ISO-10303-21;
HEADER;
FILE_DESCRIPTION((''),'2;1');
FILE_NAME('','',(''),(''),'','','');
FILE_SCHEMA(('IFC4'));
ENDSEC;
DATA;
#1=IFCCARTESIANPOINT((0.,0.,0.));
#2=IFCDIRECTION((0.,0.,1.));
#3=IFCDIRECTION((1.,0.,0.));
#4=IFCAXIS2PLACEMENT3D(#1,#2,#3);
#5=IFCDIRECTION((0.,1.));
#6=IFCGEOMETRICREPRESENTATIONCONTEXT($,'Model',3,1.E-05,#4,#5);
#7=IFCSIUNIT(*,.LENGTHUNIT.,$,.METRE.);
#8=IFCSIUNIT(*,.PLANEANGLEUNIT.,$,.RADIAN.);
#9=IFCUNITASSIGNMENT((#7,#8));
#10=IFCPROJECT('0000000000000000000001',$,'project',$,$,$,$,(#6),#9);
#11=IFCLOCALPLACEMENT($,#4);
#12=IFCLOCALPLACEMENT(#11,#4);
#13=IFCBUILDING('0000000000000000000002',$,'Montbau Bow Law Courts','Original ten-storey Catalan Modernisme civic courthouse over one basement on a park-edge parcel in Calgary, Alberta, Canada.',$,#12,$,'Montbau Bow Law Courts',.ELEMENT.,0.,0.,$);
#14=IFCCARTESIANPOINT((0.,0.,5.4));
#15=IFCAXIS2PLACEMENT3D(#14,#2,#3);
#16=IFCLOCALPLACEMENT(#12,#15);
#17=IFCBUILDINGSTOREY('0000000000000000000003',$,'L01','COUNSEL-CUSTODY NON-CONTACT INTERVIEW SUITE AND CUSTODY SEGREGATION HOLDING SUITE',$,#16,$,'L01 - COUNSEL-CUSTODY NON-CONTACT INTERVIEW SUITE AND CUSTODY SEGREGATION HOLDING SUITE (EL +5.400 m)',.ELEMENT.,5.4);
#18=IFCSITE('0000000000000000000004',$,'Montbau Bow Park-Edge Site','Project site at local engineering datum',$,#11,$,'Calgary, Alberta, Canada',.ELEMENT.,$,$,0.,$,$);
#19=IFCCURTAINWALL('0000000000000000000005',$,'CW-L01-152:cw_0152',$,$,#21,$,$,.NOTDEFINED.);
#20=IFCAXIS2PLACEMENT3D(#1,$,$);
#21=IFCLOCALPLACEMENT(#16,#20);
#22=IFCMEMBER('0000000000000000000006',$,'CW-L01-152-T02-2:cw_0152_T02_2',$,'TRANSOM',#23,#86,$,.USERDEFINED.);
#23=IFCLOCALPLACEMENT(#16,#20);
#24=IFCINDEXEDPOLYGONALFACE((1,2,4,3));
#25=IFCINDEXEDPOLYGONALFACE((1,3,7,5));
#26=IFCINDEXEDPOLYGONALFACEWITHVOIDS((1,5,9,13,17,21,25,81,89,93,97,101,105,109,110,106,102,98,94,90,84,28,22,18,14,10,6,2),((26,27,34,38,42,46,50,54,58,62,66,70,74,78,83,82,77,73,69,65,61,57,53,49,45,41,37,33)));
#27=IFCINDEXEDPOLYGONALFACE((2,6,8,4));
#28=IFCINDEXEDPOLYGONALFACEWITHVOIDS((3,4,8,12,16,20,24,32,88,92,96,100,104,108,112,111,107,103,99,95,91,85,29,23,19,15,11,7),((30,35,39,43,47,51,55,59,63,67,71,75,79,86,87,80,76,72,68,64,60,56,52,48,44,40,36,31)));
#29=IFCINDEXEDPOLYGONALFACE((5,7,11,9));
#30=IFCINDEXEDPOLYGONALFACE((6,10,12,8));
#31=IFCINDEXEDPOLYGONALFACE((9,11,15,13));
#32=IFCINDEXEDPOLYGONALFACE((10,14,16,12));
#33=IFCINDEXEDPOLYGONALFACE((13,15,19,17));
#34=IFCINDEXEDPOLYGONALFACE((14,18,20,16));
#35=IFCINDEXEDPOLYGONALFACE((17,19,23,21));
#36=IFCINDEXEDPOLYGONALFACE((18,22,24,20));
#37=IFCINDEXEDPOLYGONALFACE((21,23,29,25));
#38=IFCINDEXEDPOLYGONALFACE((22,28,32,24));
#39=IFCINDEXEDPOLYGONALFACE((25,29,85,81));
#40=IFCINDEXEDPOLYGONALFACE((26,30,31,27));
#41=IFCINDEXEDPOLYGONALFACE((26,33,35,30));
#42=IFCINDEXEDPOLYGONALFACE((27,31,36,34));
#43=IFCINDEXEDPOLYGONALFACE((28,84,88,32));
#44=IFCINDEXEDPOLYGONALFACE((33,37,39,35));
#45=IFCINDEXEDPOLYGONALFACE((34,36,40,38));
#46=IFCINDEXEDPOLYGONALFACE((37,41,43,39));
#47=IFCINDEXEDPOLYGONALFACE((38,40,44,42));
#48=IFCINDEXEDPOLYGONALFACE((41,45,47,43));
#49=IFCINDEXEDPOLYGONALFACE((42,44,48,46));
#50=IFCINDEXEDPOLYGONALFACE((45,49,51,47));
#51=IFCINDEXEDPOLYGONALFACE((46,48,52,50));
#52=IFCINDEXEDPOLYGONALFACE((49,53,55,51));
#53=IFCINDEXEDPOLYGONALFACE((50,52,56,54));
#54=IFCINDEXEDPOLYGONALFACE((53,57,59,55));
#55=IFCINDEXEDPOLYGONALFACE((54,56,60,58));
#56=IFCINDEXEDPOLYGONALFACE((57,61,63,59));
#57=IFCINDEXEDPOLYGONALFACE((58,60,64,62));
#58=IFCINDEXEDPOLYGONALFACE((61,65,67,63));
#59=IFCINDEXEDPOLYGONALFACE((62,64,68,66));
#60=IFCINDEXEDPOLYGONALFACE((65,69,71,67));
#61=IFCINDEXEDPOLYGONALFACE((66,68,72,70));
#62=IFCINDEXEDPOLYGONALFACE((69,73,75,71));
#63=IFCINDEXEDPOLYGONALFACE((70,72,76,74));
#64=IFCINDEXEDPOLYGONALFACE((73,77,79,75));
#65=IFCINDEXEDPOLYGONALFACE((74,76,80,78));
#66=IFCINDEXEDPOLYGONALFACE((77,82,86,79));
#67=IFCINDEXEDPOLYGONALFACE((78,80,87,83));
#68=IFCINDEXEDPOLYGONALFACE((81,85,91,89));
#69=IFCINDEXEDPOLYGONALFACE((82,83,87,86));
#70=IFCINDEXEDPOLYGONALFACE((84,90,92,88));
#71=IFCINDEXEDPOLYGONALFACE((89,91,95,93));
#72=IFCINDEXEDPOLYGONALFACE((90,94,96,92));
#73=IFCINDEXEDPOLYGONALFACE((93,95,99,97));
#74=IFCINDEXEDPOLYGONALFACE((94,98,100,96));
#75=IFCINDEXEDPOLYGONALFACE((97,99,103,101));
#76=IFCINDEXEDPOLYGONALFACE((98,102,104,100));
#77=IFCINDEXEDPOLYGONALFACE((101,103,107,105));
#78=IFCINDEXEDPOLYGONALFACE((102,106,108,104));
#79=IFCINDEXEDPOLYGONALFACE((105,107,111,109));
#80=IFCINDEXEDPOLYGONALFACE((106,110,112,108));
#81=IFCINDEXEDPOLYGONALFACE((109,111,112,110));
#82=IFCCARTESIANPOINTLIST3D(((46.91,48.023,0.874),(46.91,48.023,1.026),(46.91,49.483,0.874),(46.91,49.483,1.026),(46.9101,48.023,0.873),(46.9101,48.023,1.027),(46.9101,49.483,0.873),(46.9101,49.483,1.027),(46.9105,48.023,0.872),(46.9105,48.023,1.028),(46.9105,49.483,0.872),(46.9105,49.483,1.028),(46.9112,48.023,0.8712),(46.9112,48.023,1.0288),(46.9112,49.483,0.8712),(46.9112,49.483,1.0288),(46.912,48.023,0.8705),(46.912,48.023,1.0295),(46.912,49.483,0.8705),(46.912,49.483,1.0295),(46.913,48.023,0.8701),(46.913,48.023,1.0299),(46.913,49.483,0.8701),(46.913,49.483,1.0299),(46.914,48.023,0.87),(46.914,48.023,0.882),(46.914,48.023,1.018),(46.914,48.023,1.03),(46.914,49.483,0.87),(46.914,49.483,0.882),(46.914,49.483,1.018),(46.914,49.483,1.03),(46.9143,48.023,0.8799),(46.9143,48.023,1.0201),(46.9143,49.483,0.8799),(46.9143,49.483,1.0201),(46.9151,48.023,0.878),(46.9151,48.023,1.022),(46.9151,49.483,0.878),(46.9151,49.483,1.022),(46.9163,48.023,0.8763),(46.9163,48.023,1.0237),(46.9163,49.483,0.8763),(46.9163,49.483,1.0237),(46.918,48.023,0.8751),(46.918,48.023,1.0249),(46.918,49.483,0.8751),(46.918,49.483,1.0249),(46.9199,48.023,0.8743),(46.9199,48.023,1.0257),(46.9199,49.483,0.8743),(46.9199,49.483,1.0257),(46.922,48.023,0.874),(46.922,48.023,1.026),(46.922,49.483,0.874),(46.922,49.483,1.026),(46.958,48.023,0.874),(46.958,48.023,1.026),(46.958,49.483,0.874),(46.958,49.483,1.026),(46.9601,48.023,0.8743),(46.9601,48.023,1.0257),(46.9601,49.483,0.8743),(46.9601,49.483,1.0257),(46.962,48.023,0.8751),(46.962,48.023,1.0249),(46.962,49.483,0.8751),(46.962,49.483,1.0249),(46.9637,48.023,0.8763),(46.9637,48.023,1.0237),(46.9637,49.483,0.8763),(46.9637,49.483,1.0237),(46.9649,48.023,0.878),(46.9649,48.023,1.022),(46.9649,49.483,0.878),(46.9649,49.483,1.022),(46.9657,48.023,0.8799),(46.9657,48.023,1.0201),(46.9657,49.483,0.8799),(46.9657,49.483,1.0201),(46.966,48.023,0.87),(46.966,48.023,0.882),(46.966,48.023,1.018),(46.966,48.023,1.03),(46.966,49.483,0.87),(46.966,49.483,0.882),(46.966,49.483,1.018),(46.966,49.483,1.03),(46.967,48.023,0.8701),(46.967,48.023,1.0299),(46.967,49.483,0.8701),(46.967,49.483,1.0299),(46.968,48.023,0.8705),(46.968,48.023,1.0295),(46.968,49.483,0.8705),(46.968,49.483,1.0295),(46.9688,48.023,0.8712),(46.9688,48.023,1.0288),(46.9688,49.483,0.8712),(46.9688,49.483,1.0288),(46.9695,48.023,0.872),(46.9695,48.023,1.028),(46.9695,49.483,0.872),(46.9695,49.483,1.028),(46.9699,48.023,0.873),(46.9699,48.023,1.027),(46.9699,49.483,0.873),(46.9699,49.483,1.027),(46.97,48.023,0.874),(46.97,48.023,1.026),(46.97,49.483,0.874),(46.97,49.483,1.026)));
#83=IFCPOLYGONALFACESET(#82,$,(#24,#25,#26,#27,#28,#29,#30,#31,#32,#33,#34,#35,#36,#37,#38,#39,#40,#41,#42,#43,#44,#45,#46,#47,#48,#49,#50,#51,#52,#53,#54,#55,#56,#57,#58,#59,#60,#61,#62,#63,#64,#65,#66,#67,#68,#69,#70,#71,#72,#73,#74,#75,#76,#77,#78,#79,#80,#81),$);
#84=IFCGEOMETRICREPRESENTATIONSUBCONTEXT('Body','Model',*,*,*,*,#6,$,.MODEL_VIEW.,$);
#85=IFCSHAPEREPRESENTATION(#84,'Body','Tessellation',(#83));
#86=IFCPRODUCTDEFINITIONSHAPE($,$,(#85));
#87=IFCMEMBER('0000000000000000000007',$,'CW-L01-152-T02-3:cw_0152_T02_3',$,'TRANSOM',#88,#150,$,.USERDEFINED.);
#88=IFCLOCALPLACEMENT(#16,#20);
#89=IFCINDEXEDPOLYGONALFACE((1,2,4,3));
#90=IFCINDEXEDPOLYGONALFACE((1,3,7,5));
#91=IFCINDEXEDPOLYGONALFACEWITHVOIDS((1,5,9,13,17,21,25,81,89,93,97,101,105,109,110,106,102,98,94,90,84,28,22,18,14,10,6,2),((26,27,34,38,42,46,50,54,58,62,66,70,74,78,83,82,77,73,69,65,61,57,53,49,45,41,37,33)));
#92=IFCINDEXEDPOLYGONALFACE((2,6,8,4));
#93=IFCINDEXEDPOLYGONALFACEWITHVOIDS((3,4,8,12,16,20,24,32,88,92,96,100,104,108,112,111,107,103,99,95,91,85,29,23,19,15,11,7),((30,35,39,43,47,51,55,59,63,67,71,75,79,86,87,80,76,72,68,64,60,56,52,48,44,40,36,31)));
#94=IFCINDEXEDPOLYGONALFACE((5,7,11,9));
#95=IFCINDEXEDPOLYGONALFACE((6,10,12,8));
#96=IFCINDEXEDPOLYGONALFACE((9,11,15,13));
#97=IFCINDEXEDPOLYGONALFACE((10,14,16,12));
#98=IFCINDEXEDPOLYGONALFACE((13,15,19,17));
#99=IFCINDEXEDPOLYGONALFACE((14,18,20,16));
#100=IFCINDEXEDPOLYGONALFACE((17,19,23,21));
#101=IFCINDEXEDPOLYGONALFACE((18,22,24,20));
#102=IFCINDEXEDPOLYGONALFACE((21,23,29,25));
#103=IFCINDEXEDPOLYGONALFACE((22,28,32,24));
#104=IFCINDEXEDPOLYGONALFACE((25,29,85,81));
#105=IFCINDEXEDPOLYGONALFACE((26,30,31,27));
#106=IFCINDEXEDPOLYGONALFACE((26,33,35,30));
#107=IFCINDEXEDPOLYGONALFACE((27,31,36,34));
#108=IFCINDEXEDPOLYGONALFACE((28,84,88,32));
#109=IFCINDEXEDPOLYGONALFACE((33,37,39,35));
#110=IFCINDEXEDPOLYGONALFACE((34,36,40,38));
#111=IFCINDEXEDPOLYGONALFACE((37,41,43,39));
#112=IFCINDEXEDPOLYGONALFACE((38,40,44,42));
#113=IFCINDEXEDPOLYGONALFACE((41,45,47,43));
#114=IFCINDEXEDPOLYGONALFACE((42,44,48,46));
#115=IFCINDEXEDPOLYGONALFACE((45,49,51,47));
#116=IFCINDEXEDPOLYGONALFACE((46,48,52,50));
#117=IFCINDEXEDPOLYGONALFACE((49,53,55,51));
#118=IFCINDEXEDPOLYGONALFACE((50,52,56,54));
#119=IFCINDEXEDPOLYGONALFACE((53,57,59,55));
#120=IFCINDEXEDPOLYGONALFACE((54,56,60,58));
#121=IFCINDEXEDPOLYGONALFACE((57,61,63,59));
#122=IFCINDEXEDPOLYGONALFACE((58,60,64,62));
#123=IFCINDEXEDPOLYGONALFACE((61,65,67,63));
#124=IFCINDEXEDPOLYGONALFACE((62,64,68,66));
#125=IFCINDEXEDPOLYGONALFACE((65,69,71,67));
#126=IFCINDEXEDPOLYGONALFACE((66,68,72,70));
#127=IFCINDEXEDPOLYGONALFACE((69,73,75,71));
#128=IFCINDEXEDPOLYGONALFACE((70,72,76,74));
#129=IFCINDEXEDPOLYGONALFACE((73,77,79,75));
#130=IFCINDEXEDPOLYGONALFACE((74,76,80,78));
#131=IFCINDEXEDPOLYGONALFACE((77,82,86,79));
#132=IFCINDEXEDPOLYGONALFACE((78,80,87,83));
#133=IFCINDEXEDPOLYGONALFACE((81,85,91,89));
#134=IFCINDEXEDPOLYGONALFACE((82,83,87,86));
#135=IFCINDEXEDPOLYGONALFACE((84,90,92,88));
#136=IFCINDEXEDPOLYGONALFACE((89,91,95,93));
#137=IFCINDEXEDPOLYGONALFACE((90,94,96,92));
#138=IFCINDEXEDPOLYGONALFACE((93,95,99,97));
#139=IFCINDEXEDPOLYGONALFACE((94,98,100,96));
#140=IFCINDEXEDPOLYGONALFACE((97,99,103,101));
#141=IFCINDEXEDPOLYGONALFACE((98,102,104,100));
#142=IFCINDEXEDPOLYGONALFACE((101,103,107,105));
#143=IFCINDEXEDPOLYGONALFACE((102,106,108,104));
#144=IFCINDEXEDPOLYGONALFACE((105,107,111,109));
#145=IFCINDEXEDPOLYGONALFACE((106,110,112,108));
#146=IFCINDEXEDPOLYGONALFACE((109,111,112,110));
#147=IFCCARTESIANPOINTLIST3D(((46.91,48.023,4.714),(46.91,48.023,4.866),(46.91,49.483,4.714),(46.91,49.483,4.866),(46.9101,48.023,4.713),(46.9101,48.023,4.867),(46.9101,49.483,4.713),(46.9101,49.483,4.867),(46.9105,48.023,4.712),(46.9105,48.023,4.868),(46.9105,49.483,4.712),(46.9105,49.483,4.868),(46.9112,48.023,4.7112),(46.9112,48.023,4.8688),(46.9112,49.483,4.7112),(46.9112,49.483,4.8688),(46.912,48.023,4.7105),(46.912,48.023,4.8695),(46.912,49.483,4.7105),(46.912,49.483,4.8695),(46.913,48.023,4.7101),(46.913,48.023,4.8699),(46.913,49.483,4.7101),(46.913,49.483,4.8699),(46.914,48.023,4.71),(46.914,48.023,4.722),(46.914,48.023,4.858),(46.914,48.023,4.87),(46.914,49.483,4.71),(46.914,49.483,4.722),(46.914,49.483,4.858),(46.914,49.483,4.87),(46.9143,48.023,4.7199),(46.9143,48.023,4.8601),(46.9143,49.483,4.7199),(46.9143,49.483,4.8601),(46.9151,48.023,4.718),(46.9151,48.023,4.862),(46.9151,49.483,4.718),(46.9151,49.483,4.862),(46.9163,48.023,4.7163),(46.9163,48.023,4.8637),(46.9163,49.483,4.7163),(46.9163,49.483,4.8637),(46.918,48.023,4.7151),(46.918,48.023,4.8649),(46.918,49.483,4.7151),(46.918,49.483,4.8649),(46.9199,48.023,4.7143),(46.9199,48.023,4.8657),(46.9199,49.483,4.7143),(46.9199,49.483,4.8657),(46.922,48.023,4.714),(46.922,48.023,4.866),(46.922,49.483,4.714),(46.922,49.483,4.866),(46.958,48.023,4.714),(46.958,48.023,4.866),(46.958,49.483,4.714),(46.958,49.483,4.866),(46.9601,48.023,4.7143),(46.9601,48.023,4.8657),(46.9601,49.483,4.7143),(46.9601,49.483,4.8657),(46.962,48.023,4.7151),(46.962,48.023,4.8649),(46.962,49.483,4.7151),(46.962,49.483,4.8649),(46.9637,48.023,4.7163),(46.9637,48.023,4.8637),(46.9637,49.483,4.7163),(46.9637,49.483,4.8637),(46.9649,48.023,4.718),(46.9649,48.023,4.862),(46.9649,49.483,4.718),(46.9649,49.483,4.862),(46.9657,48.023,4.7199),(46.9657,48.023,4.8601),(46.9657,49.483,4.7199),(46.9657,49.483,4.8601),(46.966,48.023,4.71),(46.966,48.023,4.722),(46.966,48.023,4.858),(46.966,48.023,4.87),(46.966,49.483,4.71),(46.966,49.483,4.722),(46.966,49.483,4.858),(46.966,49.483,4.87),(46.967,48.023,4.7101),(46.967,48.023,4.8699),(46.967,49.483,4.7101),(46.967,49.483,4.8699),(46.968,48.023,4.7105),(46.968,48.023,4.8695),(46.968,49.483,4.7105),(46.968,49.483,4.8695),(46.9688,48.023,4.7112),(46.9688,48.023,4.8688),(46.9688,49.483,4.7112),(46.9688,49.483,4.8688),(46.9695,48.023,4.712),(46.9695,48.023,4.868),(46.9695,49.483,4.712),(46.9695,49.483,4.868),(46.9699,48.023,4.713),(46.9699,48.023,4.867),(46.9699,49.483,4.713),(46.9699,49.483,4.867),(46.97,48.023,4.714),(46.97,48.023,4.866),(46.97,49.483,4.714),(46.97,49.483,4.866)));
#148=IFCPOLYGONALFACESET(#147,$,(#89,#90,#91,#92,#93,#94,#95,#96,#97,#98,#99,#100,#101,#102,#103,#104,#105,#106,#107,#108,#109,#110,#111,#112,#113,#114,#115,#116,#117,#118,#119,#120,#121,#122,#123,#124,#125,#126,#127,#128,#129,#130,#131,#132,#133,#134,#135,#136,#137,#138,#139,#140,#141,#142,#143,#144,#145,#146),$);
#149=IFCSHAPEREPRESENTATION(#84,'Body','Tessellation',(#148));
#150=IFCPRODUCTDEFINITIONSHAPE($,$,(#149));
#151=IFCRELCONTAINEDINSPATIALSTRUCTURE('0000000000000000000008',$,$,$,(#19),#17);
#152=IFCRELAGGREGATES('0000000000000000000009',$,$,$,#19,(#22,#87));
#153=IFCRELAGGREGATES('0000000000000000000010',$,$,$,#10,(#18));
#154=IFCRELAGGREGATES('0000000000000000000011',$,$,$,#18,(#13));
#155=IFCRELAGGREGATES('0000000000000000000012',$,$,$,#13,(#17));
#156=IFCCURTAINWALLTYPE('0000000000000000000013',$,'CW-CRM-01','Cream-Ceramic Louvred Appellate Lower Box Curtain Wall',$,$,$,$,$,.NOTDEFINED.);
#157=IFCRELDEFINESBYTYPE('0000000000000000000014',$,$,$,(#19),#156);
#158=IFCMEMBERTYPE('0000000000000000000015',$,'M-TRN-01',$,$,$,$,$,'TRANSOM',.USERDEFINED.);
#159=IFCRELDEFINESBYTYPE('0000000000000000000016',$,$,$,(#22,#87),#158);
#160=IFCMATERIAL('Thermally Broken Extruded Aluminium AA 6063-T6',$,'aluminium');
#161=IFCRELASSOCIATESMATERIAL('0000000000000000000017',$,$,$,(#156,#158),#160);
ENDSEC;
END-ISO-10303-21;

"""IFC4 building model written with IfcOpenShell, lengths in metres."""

from ifc_helpers import new_model, si_unit, direction, frame, origin_with_axes, origin_2d_with_axis, place, context, subcontext, project, spatial, hollow_rectangle, extrude, material, material_profile, profile_set, type_object, element, aggregate, save


model = new_model("IFC4")

# Units and contexts
model_context = context("Model", 3, precision=1e-05, world=origin_with_axes(), true_north=direction((0.0, 1.0)))
body_context = subcontext(model_context, "Body", "Model", "MODEL_VIEW")
ifc_project = project(units=[si_unit("LENGTHUNIT", "METRE"), si_unit("PLANEANGLEUNIT", "RADIAN")], contexts=[model_context])

# Site, building, storey
site_placement = place(None, origin_with_axes())
site = spatial("IfcSite", under=ifc_project, at=site_placement, Name="Montbau Bow Park-Edge Site", Description="Project site at local engineering datum", LongName="Calgary, Alberta, Canada", CompositionType="ELEMENT", RefElevation=0.0)
building_placement = place(site_placement, origin_with_axes())
building = spatial("IfcBuilding", under=site, at=building_placement, Name="Montbau Bow Law Courts", Description="Original ten-storey Catalan Modernisme civic courthouse over one basement on a park-edge parcel in Calgary, Alberta, Canada.", LongName="Montbau Bow Law Courts", CompositionType="ELEMENT", ElevationOfRefHeight=0.0, ElevationOfTerrain=0.0)
storey_placement = place(building_placement, frame((0.0, 0.0, 5.4), z_axis=(0.0, 0.0, 1.0), x_axis=(1.0, 0.0, 0.0)))
storey = spatial("IfcBuildingStorey", under=building, at=storey_placement, Name="L01", Description="COUNSEL-CUSTODY NON-CONTACT INTERVIEW SUITE AND CUSTODY SEGREGATION HOLDING SUITE", LongName="L01 - COUNSEL-CUSTODY NON-CONTACT INTERVIEW SUITE AND CUSTODY SEGREGATION HOLDING SUITE (EL +5.400 m)", CompositionType="ELEMENT", Elevation=5.4)

# Curtain wall, members
ifc_material_1 = material(Name="Thermally Broken Extruded Aluminium AA 6063-T6", Category="aluminium")
curtain_wall_type_1 = type_object("IfcCurtainWallType", Name="CW-CRM-01", Description="Cream-Ceramic Louvred Appellate Lower Box Curtain Wall", PredefinedType="NOTDEFINED", material=ifc_material_1)
curtain_wall_1_placement = place(None, frame((46.94, 46.468, 5.4), z_axis=(0.0, 0.0, 1.0), x_axis=(1.0, 0.0, 0.0)))
curtain_wall_1 = element("IfcCurtainWall", 1, at=curtain_wall_1_placement, inside=storey, type_object=curtain_wall_type_1, Name="CW-L01-152:cw_0152", PredefinedType="NOTDEFINED")
ifc_material_profile_1 = material_profile(ifc_material_1, hollow_rectangle(XDim=0.06, YDim=0.16, WallThickness=0.004, InnerFilletRadius=0.008, OuterFilletRadius=0.004, at=origin_2d_with_axis()), Name="CWT-160X60", Category="Main", Priority=0)
ifc_profile_set_1 = profile_set([ifc_material_profile_1], Name="Thermally Broken Extruded Aluminium AA 6063-T6")
member_type_1 = type_object("IfcMemberType", Name="M-TRN-01", ElementType="TRANSOM", PredefinedType="USERDEFINED", material=ifc_profile_set_1)
member_1_placement = place(None, frame((46.94, 48.023, 6.35), z_axis=(0.0, 1.0, 0.0), x_axis=(-1.0, 0.0, 0.0)))
member_1 = element("IfcMember", 2, at=member_1_placement, type_object=member_type_1, Name="CW-L01-152-T02-2:cw_0152_T02_2", ObjectType="TRANSOM", PredefinedType="USERDEFINED", context=body_context, shape_type="SweptSolid", body=[
    extrude(hollow_rectangle(XDim=0.06, YDim=0.16, WallThickness=0.004, InnerFilletRadius=0.008, OuterFilletRadius=0.004, at=origin_2d_with_axis()), origin_with_axes(), (0.0, 0.0, 1.0), 1.46),
])
member_2_placement = place(None, frame((46.94, 48.023, 10.19), z_axis=(0.0, 1.0, 0.0), x_axis=(-1.0, 0.0, 0.0)))
member_2 = element("IfcMember", 3, at=member_2_placement, type_object=member_type_1, Name="CW-L01-152-T02-3:cw_0152_T02_3", ObjectType="TRANSOM", PredefinedType="USERDEFINED", context=body_context, shape_type="SweptSolid", body=[
    extrude(hollow_rectangle(XDim=0.06, YDim=0.16, WallThickness=0.004, InnerFilletRadius=0.008, OuterFilletRadius=0.004, at=origin_2d_with_axis()), origin_with_axes(), (0.0, 0.0, 1.0), 1.46),
])

aggregate(curtain_wall_1, [member_1, member_2])

save(model, "model.ifc")
